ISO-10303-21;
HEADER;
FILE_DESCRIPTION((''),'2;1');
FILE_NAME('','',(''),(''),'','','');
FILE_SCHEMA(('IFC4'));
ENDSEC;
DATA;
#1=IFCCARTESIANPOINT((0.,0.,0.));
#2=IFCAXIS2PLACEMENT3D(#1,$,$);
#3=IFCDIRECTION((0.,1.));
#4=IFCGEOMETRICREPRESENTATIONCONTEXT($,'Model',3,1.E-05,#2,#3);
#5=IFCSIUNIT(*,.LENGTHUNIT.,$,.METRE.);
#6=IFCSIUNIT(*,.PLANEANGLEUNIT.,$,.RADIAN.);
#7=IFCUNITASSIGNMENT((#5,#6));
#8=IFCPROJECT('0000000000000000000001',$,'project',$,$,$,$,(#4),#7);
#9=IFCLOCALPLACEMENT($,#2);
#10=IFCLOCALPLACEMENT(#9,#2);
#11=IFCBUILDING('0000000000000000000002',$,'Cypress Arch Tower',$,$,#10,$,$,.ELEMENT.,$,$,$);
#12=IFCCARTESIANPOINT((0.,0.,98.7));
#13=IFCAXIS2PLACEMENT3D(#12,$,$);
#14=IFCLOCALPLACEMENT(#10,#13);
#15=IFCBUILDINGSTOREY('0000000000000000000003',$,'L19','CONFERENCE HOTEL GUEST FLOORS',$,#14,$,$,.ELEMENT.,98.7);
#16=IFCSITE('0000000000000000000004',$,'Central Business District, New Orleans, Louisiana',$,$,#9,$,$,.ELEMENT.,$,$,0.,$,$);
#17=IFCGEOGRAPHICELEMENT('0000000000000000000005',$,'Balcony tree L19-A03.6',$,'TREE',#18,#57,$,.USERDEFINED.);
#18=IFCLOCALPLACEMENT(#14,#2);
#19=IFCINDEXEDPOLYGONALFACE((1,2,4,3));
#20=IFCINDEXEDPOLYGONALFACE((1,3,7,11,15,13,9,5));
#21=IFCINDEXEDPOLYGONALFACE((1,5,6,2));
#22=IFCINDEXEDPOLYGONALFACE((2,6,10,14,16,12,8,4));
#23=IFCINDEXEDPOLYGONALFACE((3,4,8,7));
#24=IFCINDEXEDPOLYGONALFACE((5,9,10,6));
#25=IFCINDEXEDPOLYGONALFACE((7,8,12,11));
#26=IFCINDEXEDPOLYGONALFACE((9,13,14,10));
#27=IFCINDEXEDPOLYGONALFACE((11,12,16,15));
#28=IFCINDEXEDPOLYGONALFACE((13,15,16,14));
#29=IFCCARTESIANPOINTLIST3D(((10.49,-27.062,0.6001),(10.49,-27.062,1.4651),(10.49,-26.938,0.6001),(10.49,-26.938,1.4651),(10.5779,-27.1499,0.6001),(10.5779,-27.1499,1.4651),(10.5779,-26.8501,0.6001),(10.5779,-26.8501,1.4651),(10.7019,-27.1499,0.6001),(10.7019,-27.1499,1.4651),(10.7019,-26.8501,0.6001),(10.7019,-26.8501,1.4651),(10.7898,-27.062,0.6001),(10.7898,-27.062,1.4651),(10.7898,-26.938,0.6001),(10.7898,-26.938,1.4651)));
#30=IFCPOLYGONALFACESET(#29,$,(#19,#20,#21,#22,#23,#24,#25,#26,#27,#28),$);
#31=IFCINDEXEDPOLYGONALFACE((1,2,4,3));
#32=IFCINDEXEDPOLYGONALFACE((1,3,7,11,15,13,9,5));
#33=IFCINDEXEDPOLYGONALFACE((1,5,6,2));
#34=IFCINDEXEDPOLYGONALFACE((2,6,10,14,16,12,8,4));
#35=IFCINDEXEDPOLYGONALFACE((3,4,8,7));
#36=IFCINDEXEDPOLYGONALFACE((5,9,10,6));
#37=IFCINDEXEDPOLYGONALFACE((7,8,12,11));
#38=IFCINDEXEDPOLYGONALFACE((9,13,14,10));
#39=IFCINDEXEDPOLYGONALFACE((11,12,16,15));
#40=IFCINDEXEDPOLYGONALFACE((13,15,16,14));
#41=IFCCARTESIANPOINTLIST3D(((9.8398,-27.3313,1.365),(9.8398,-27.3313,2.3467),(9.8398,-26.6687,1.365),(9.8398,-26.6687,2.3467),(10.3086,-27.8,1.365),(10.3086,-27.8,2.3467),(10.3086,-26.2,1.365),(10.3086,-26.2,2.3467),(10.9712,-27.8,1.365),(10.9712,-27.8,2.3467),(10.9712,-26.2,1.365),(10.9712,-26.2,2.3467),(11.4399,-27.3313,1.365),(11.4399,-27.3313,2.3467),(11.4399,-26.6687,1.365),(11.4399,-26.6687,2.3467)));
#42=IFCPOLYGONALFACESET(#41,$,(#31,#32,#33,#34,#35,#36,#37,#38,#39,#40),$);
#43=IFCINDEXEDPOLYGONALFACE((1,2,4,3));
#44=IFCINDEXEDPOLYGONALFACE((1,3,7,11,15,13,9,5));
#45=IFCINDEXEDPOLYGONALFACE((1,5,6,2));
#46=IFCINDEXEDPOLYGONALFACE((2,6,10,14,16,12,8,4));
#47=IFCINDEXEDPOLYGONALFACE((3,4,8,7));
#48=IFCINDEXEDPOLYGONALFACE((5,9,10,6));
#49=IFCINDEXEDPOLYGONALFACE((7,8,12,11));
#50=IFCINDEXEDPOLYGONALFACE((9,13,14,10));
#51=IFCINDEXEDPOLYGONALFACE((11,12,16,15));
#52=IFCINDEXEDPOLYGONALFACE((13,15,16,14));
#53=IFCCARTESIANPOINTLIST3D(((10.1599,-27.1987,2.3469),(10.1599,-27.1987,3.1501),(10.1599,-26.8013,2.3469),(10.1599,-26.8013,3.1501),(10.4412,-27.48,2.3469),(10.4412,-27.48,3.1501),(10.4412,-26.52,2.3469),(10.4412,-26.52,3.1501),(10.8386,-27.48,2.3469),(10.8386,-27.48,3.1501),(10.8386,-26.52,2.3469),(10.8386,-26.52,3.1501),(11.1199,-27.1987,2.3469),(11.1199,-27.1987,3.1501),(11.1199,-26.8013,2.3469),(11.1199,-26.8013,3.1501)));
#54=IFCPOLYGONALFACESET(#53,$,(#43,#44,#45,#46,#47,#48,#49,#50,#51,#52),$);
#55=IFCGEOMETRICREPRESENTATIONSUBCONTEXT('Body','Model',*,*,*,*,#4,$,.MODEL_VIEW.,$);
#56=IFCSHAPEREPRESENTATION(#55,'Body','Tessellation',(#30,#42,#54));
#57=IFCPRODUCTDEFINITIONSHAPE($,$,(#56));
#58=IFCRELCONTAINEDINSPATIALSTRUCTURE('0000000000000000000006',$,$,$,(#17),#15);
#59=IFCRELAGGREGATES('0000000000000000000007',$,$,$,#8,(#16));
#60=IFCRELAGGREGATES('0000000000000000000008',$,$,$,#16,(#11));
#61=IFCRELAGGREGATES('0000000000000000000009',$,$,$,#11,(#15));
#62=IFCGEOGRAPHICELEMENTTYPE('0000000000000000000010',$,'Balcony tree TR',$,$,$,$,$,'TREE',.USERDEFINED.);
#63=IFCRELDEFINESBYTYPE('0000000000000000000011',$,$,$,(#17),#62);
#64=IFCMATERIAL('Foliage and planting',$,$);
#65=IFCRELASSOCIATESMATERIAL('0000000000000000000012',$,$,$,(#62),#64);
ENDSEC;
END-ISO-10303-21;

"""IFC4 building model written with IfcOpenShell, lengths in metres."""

from ifc_helpers import new_model, si_unit, direction, frame, origin, place, context, subcontext, project, spatial, polyline, outline, extrude, material, type_object, element, save


model = new_model("IFC4")

# Units and contexts
model_context = context("Model", 3, precision=1e-05, world=origin(), true_north=direction((0.0, 1.0)))
body_context = subcontext(model_context, "Body", "Model", "MODEL_VIEW")
ifc_project = project(units=[si_unit("LENGTHUNIT", "METRE"), si_unit("PLANEANGLEUNIT", "RADIAN")], contexts=[model_context])

# Site, building, storey
site_placement = place(None, origin())
site = spatial("IfcSite", under=ifc_project, at=site_placement, Name="Central Business District, New Orleans, Louisiana", CompositionType="ELEMENT", RefElevation=0.0)
building_placement = place(site_placement, origin())
building = spatial("IfcBuilding", under=site, at=building_placement, Name="Cypress Arch Tower", CompositionType="ELEMENT")
storey_placement = place(building_placement, frame((0.0, 0.0, 98.7)))
storey = spatial("IfcBuildingStorey", under=building, at=storey_placement, Name="L19", Description="CONFERENCE HOTEL GUEST FLOORS", CompositionType="ELEMENT", Elevation=98.7)

# Geographic element
ifc_material_1 = material(Name="Foliage and planting")
geographic_element_type = type_object("IfcGeographicElementType", Name="Balcony tree TR", ElementType="TREE", PredefinedType="USERDEFINED", material=ifc_material_1)
geographic_element_placement = place(storey_placement, frame((10.6399, -27.0, 0.6001), z_axis=(0.0, 0.0, 1.0), x_axis=(1.0, 0.0, 0.0)))
element("IfcGeographicElement", 1, at=geographic_element_placement, inside=storey, type_object=geographic_element_type, Name="Balcony tree L19-A03.6", ObjectType="TREE", PredefinedType="USERDEFINED", context=body_context, shape_type="SweptSolid", body=[
    extrude(outline(polyline([(0.1499, 0.062), (0.062, 0.1499), (-0.062, 0.1499), (-0.1499, 0.062), (-0.1499, -0.062), (-0.062, -0.1499), (0.062, -0.1499), (0.1499, -0.062), (0.1499, 0.062)])), origin(), (0.0, 0.0, 1.0), 0.865),
    extrude(outline(polyline([(0.8, 0.3313), (0.3313, 0.8), (-0.3313, 0.8), (-0.8, 0.3313), (-0.8, -0.3313), (-0.3313, -0.8), (0.3313, -0.8), (0.8, -0.3313), (0.8, 0.3313)])), frame((0.0, 0.0, 0.7649)), (0.0, 0.0, 1.0), 0.9817),
    extrude(outline(polyline([(0.48, 0.1987), (0.1987, 0.48), (-0.1987, 0.48), (-0.48, 0.1987), (-0.48, -0.1987), (-0.1987, -0.48), (0.1987, -0.48), (0.48, -0.1987), (0.48, 0.1987)])), frame((0.0, 0.0, 1.7468)), (0.0, 0.0, 1.0), 0.8032),
])

save(model, "model.ifc")
